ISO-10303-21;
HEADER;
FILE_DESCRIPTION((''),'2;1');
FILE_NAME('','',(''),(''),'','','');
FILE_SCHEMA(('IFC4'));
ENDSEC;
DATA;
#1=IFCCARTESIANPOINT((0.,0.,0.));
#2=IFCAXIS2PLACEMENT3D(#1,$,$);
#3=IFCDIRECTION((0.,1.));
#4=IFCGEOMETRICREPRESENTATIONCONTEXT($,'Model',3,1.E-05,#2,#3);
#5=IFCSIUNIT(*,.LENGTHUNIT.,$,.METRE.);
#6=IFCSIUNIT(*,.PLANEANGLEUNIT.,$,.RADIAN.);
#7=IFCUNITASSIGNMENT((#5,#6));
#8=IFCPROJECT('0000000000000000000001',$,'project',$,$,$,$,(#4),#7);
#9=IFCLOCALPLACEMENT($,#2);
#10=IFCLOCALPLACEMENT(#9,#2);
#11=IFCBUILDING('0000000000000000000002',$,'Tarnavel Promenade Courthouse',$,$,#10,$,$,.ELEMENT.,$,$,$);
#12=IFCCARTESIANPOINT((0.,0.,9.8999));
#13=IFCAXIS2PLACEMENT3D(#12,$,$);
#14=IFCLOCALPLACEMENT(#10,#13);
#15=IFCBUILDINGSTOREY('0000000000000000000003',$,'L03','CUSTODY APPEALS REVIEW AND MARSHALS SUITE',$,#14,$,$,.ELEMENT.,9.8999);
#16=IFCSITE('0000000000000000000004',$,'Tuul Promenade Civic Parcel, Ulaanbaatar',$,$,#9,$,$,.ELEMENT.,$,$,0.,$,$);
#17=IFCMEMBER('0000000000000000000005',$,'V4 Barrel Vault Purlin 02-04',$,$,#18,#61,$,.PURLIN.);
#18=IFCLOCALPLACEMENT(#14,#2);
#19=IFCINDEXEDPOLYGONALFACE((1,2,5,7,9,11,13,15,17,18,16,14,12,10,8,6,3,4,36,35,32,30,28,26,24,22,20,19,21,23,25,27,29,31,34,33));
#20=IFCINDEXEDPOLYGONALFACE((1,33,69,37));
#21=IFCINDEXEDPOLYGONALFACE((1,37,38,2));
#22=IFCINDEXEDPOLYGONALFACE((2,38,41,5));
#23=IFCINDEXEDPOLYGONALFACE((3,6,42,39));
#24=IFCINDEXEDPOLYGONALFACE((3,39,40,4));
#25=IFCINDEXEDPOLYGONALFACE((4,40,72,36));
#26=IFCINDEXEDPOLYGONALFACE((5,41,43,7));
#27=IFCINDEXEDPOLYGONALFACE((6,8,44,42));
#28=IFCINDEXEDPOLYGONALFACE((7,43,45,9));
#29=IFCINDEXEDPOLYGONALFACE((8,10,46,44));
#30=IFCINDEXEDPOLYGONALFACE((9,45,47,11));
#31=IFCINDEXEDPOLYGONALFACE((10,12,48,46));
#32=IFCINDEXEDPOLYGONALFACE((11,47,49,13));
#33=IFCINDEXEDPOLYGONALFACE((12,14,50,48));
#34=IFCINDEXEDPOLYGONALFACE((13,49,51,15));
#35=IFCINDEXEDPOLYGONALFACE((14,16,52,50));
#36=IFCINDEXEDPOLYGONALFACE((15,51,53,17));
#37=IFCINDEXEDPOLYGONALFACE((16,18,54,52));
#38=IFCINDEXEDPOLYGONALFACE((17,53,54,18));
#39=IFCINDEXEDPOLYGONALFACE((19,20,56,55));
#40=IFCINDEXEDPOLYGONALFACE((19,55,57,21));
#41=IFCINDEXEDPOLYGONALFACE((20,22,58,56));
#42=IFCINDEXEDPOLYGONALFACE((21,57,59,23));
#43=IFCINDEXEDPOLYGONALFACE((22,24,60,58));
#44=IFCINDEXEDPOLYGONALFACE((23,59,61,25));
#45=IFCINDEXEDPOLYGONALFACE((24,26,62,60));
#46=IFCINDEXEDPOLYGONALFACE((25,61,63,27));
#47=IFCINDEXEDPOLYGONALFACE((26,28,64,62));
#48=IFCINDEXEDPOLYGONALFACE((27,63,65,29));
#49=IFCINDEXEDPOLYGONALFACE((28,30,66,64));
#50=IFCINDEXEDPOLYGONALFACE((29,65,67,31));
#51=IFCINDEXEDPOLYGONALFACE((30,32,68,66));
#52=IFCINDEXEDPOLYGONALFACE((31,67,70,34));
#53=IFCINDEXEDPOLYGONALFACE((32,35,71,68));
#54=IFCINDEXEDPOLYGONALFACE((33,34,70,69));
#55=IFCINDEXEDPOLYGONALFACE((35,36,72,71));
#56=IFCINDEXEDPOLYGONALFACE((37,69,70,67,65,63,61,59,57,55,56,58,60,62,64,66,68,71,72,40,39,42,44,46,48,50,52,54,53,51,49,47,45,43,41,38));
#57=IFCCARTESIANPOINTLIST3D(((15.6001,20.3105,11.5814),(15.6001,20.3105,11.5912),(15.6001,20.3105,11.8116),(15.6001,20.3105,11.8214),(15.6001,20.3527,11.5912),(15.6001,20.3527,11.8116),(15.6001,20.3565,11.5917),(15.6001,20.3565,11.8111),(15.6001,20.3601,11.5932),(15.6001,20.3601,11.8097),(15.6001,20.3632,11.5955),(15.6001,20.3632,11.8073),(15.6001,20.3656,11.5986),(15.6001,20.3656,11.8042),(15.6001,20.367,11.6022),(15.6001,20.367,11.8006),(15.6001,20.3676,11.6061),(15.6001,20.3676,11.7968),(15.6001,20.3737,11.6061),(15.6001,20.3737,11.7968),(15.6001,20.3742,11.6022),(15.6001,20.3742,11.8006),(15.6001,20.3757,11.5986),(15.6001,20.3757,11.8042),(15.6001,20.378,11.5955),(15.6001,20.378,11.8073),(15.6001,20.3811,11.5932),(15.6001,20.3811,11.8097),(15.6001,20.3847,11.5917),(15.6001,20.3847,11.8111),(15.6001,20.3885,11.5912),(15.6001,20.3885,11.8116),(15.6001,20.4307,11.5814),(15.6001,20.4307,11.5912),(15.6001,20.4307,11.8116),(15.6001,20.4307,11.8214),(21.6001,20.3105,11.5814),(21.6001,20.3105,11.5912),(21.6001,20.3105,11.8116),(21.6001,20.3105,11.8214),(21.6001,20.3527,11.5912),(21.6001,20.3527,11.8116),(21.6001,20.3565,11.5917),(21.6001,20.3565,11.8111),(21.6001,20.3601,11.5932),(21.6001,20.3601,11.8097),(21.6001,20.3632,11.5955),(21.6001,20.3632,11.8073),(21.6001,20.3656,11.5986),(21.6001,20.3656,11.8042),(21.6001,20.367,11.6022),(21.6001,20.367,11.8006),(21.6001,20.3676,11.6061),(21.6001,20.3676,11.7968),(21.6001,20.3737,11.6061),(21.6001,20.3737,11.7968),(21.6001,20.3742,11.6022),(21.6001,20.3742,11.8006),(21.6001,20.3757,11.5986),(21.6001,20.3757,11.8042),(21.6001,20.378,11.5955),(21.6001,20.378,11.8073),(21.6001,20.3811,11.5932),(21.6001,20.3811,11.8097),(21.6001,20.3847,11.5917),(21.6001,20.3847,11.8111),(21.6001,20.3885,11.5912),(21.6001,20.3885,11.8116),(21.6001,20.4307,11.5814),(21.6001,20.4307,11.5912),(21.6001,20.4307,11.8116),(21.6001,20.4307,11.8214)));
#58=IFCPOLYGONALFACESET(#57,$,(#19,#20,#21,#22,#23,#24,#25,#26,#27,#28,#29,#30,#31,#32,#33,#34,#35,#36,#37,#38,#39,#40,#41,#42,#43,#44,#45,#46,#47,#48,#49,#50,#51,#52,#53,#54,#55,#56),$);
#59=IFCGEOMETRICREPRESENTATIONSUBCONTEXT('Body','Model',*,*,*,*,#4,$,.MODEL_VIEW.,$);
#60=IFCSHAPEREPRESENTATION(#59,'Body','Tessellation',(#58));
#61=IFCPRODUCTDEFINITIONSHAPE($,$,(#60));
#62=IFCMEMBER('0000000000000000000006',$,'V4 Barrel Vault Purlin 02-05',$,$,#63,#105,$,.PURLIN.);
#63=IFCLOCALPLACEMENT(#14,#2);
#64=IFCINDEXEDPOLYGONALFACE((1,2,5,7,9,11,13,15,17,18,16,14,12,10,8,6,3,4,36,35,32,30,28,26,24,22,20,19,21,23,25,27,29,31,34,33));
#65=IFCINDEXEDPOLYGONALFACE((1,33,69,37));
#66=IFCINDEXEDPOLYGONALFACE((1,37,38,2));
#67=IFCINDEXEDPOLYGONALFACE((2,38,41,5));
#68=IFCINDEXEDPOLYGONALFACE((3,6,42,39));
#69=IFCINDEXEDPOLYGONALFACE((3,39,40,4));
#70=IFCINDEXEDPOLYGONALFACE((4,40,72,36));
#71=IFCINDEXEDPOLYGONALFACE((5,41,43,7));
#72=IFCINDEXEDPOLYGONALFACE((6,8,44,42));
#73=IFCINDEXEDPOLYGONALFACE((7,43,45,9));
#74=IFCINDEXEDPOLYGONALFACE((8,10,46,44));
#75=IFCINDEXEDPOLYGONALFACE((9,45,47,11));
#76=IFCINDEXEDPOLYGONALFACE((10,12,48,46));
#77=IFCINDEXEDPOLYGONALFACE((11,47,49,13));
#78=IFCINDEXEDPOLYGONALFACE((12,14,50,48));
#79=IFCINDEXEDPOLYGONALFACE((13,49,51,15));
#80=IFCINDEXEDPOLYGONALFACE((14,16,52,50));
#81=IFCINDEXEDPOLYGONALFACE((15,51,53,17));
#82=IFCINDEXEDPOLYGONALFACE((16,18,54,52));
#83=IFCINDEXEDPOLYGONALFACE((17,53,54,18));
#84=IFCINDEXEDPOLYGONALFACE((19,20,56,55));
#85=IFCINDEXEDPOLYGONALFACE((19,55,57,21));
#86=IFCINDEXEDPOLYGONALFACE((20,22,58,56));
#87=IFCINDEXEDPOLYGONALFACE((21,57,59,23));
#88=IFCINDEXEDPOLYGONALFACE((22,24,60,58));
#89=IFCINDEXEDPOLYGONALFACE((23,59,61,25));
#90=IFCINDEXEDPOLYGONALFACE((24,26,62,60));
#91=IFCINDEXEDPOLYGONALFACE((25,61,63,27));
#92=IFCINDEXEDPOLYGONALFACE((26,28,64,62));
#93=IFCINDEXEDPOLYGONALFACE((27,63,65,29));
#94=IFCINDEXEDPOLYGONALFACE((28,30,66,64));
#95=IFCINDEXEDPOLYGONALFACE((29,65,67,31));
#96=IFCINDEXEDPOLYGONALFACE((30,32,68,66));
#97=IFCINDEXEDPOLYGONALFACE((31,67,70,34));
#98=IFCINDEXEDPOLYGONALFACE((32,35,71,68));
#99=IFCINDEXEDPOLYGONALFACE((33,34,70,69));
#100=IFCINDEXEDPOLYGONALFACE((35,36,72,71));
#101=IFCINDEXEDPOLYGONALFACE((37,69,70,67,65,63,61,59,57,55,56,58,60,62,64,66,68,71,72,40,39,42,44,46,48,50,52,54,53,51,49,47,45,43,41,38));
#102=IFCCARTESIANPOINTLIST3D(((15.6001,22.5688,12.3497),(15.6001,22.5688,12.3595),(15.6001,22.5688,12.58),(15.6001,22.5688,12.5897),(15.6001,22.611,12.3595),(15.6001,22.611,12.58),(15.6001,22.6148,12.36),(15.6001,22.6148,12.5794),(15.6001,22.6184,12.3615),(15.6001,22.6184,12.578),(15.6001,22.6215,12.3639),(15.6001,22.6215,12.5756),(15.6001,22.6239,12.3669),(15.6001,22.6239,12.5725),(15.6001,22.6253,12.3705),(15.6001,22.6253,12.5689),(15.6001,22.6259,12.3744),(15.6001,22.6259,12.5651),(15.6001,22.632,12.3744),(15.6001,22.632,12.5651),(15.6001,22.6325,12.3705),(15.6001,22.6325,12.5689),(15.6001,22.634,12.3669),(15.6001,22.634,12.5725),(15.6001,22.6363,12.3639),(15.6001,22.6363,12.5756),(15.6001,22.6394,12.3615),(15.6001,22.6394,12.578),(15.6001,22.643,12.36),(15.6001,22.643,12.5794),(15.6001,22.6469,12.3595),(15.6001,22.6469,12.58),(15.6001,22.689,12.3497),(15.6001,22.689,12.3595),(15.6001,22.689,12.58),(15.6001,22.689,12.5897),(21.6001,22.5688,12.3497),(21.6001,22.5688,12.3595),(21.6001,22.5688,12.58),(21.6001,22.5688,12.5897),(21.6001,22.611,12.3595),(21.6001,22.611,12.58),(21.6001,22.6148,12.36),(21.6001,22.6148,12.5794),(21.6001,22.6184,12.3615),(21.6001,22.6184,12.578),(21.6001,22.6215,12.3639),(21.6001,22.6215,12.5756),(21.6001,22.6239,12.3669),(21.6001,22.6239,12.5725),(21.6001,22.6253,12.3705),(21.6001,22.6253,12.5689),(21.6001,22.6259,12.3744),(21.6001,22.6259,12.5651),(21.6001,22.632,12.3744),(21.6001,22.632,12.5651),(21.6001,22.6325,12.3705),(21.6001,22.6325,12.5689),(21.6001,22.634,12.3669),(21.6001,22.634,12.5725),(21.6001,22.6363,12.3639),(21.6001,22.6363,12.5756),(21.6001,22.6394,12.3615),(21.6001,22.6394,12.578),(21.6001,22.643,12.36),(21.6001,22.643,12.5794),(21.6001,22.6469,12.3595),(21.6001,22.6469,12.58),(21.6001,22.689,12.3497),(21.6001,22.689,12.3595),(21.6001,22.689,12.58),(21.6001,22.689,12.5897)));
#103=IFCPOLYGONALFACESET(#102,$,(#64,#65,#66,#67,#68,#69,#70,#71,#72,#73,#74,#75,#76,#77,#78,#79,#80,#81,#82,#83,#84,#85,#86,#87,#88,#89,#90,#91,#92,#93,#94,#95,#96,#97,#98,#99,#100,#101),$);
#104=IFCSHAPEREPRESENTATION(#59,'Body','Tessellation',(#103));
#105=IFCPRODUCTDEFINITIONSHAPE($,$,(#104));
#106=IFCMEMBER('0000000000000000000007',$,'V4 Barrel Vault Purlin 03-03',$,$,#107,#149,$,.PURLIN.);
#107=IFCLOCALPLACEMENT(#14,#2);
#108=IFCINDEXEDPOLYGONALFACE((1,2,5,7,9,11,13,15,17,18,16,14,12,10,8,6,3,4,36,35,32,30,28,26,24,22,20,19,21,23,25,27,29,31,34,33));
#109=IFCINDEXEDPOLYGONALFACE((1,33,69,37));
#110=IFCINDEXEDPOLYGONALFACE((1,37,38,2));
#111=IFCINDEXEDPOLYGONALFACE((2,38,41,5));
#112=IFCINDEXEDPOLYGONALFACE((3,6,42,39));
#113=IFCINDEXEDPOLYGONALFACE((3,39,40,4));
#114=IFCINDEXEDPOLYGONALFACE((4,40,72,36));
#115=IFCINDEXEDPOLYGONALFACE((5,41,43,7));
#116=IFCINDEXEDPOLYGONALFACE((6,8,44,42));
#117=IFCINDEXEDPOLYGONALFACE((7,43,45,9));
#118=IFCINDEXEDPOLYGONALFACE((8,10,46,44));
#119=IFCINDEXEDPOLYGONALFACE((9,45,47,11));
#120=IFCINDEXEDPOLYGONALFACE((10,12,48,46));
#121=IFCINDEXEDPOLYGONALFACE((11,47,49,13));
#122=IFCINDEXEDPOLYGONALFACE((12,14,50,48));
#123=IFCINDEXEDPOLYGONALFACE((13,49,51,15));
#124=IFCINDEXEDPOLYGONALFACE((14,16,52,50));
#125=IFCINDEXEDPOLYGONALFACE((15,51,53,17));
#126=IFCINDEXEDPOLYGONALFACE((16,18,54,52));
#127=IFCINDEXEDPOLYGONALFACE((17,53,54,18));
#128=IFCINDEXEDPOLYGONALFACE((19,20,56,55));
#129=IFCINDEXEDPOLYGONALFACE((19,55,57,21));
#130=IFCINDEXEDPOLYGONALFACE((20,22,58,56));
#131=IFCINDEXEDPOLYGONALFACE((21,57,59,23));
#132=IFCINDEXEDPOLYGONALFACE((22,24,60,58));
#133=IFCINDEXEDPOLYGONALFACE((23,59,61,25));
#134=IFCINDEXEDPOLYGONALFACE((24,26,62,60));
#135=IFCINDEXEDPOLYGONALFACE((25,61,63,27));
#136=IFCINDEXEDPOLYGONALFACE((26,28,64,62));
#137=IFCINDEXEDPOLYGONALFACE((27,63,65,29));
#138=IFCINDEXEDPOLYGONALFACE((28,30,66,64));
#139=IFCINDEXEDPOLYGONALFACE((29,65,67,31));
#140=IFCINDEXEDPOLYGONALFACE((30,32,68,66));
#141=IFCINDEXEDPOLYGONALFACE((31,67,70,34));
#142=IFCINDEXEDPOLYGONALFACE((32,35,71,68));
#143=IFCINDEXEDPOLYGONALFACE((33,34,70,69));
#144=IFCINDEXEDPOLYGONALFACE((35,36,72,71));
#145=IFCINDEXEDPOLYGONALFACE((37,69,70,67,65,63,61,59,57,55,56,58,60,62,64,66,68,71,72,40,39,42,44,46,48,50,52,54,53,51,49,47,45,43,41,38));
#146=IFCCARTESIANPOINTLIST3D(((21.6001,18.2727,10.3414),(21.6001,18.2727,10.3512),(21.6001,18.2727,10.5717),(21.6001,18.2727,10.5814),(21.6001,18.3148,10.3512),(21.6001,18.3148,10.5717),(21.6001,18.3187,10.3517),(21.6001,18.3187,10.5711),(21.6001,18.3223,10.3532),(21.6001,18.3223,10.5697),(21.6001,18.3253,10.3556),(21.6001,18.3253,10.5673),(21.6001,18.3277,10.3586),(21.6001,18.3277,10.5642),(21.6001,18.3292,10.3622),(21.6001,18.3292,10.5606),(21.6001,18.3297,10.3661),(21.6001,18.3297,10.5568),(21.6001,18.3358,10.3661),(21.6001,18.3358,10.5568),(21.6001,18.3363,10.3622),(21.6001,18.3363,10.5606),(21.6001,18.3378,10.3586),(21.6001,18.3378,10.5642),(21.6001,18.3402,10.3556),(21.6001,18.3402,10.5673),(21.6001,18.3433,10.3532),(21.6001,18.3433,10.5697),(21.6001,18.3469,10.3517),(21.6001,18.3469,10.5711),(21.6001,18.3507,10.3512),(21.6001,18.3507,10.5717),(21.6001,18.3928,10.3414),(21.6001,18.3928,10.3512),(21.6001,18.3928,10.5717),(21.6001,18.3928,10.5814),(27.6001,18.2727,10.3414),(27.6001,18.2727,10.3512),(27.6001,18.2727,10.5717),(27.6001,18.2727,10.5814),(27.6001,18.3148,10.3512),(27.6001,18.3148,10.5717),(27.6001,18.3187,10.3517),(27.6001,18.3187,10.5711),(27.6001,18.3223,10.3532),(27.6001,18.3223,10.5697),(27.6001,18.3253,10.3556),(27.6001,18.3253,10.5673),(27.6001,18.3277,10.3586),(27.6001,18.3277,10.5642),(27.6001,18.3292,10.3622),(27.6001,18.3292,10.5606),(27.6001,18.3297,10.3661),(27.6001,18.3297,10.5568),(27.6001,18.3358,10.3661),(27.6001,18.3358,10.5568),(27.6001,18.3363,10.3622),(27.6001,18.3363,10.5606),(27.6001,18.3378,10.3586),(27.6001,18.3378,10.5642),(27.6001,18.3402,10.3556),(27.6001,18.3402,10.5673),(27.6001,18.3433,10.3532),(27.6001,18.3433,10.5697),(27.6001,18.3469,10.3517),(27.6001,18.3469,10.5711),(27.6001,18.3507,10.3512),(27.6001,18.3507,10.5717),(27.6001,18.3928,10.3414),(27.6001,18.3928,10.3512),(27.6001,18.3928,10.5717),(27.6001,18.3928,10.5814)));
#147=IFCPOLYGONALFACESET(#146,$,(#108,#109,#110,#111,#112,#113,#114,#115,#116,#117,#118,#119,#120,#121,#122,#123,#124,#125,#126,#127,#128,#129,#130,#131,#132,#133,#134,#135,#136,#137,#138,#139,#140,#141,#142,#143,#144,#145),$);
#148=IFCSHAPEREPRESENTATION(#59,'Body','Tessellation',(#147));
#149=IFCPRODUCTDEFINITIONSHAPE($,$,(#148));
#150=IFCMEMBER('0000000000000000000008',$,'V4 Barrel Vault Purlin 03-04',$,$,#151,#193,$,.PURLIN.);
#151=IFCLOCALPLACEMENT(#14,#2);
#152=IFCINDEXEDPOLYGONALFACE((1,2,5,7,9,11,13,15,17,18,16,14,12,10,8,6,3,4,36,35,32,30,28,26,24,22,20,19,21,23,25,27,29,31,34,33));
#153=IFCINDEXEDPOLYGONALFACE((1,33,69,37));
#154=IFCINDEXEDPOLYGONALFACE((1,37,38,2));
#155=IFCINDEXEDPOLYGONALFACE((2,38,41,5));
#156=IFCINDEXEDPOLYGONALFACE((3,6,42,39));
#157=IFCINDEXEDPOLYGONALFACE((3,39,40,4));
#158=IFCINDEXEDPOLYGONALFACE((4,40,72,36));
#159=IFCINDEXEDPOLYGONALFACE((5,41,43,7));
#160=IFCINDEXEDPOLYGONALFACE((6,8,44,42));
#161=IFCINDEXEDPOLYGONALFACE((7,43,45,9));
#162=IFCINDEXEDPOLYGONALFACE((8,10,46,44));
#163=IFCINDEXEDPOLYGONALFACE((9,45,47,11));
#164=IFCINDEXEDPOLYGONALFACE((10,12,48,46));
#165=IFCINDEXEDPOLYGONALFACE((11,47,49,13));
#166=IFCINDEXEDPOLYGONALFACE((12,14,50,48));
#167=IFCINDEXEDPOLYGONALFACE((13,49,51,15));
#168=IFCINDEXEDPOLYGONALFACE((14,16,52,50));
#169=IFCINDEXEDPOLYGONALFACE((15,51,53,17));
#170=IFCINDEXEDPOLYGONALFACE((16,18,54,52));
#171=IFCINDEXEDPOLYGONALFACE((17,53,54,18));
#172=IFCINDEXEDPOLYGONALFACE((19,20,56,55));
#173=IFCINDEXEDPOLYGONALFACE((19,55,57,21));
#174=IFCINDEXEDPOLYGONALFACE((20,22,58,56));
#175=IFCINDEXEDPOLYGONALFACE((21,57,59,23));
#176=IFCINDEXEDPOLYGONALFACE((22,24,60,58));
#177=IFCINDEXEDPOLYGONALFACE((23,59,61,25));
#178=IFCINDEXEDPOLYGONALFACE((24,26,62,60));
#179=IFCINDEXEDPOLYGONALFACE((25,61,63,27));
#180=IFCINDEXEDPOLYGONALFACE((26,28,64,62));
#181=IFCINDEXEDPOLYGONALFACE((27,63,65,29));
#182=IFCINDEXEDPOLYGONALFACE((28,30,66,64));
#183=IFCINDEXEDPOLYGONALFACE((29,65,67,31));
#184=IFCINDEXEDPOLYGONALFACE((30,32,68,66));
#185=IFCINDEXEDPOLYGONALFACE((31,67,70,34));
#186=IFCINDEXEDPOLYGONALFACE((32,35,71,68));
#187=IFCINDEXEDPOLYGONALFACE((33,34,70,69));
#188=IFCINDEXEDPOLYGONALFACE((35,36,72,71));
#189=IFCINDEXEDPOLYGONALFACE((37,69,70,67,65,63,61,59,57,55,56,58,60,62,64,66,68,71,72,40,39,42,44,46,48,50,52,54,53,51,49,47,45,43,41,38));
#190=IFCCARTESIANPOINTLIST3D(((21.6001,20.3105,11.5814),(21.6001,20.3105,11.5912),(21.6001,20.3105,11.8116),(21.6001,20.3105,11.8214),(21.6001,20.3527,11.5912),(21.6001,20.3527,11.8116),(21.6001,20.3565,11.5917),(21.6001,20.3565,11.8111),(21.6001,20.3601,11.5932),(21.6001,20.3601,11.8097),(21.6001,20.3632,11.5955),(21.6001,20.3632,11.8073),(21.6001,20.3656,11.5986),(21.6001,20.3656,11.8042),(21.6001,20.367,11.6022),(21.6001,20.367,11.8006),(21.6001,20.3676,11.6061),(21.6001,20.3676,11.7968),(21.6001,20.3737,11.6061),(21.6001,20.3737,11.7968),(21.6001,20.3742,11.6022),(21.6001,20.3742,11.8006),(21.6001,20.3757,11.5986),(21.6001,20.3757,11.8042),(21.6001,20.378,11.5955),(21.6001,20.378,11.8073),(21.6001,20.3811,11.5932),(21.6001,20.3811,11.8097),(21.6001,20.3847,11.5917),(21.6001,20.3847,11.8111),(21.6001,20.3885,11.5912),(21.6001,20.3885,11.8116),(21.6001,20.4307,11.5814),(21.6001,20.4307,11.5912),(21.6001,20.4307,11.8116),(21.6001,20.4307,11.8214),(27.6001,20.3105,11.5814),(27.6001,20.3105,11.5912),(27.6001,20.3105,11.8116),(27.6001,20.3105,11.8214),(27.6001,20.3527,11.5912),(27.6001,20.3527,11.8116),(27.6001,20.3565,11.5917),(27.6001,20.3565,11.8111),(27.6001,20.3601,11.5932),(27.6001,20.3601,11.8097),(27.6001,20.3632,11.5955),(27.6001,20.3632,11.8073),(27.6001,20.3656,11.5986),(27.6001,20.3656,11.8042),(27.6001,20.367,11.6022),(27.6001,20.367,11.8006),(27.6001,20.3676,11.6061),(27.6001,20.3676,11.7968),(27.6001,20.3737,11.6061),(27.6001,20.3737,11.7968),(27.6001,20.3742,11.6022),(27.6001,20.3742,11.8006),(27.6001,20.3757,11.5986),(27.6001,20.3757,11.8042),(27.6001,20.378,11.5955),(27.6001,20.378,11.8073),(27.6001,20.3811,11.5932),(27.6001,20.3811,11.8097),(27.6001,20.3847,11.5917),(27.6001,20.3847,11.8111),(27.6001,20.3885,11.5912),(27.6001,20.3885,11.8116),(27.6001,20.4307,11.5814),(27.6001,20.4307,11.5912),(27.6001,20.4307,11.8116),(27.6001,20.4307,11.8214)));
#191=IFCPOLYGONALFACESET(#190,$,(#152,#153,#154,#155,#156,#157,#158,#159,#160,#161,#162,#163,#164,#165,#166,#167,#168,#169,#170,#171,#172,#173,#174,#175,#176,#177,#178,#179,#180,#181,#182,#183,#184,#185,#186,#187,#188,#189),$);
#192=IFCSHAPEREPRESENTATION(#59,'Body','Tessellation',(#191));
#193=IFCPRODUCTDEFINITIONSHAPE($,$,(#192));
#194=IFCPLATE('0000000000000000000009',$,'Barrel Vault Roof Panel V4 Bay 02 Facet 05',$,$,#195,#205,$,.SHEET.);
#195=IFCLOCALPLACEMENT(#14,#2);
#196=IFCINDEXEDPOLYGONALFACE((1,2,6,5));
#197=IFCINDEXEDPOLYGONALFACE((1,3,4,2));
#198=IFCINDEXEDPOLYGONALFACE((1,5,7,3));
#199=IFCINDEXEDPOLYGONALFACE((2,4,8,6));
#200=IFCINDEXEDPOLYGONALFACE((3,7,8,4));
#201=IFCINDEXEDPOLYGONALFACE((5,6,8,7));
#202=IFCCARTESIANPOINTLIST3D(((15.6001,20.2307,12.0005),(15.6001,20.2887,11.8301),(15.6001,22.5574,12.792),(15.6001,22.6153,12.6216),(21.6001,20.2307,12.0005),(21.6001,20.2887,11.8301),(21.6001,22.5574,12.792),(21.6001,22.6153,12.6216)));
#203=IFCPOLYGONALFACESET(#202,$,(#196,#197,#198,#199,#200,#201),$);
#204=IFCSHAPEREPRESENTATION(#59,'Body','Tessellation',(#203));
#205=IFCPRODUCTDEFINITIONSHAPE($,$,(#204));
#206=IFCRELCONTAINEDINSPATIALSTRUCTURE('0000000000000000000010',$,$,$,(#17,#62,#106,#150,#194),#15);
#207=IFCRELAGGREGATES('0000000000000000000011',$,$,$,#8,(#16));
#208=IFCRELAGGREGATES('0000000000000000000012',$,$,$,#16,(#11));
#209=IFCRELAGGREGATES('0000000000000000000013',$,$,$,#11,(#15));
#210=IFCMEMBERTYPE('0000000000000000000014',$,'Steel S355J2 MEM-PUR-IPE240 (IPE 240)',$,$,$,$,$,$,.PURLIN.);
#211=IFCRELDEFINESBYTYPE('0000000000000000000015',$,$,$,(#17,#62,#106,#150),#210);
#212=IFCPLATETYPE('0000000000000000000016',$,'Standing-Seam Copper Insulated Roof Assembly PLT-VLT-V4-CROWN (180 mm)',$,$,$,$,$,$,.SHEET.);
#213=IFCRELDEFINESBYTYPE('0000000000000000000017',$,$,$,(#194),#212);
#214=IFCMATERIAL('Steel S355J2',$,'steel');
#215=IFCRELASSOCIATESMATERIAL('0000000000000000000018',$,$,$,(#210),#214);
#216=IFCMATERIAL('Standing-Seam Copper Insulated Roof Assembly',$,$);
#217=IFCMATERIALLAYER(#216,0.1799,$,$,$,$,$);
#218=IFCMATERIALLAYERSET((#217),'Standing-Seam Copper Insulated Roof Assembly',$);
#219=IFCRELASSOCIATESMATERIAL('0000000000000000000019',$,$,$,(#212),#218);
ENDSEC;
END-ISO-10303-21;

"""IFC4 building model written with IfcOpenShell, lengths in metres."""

from ifc_helpers import new_model, si_unit, direction, frame, origin, origin_2d, place, context, subcontext, project, spatial, polyline, i_section, outline, extrude, material, layer, layer_set, material_profile, profile_set, type_object, element, save


model = new_model("IFC4")

# Units and contexts
model_context = context("Model", 3, precision=1e-05, world=origin(), true_north=direction((0.0, 1.0)))
body_context = subcontext(model_context, "Body", "Model", "MODEL_VIEW")
ifc_project = project(units=[si_unit("LENGTHUNIT", "METRE"), si_unit("PLANEANGLEUNIT", "RADIAN")], contexts=[model_context])

# Site, building, storey
site_placement = place(None, origin())
site = spatial("IfcSite", under=ifc_project, at=site_placement, Name="Tuul Promenade Civic Parcel, Ulaanbaatar", CompositionType="ELEMENT", RefElevation=0.0)
building_placement = place(site_placement, origin())
building = spatial("IfcBuilding", under=site, at=building_placement, Name="Tarnavel Promenade Courthouse", CompositionType="ELEMENT")
storey_placement = place(building_placement, frame((0.0, 0.0, 9.8999)))
storey = spatial("IfcBuildingStorey", under=building, at=storey_placement, Name="L03", Description="CUSTODY APPEALS REVIEW AND MARSHALS SUITE", CompositionType="ELEMENT", Elevation=9.8999)

# Shared definitions
ifc_material_1 = material(Name="Steel S355J2", Category="steel")

# Members
ifc_material_profile_1 = material_profile(ifc_material_1, i_section(OverallWidth=0.1201, OverallDepth=0.24, WebThickness=0.0061, FlangeThickness=0.0098, FilletRadius=0.0149, at=origin_2d()), Name="IPE 240")
ifc_profile_set_1 = profile_set([ifc_material_profile_1], Name="Steel S355J2")
member_type = type_object("IfcMemberType", Name="Steel S355J2 MEM-PUR-IPE240 (IPE 240)", PredefinedType="PURLIN", material=ifc_profile_set_1)
for number, where, z_axis, x_axis, name in (
    (1, (15.6001, 20.3706, 11.7014), (1.0, 0.0, 0.0), (0.0, 1.0, 0.0), "V4 Barrel Vault Purlin 02-04"),
    (2, (15.6001, 22.6289, 12.4697), (1.0, 0.0, 0.0), (0.0, 1.0, 0.0), "V4 Barrel Vault Purlin 02-05"),
    (3, (21.6001, 18.3328, 10.4614), (1.0, 0.0, 0.0), (0.0, 1.0, 0.0), "V4 Barrel Vault Purlin 03-03"),
    (4, (21.6001, 20.3706, 11.7014), (1.0, 0.0, 0.0), (0.0, 1.0, 0.0), "V4 Barrel Vault Purlin 03-04"),
):
    element("IfcMember", number, at=place(storey_placement, frame(where, z_axis=z_axis, x_axis=x_axis)), inside=storey, type_object=member_type, Name=name, PredefinedType="PURLIN", context=body_context, shape_type="SweptSolid", body=[
        extrude(i_section(OverallWidth=0.1201, OverallDepth=0.24, WebThickness=0.0061, FlangeThickness=0.0098, FilletRadius=0.0149, at=origin_2d()), origin(), (0.0, 0.0, 1.0), 6.0),
    ])

# Plate
ifc_material_2 = material(Name="Standing-Seam Copper Insulated Roof Assembly")
ifc_layer = layer(ifc_material_2, 0.1799)
ifc_layer_set = layer_set([ifc_layer], Name="Standing-Seam Copper Insulated Roof Assembly")
plate_type = type_object("IfcPlateType", Name="Standing-Seam Copper Insulated Roof Assembly PLT-VLT-V4-CROWN (180 mm)", PredefinedType="SHEET", material=ifc_layer_set)
plate_1_placement = place(storey_placement, frame((15.6001, 20.2307, 12.0005), z_axis=(0.0, -0.322063, 0.946718), x_axis=(1.0, 0.0, 0.0)))
element("IfcPlate", 5, at=plate_1_placement, inside=storey, type_object=plate_type, Name="Barrel Vault Roof Panel V4 Bay 02 Facet 05", PredefinedType="SHEET", context=body_context, shape_type="SweptSolid", body=[
    extrude(outline(polyline([(0.0, 0.0), (6.0, 0.0), (6.0, 2.4576), (0.0, 2.4576), (0.0, 0.0)])), origin(), (0.0, 0.0, -1.0), 0.1799),
])

save(model, "model.ifc")
